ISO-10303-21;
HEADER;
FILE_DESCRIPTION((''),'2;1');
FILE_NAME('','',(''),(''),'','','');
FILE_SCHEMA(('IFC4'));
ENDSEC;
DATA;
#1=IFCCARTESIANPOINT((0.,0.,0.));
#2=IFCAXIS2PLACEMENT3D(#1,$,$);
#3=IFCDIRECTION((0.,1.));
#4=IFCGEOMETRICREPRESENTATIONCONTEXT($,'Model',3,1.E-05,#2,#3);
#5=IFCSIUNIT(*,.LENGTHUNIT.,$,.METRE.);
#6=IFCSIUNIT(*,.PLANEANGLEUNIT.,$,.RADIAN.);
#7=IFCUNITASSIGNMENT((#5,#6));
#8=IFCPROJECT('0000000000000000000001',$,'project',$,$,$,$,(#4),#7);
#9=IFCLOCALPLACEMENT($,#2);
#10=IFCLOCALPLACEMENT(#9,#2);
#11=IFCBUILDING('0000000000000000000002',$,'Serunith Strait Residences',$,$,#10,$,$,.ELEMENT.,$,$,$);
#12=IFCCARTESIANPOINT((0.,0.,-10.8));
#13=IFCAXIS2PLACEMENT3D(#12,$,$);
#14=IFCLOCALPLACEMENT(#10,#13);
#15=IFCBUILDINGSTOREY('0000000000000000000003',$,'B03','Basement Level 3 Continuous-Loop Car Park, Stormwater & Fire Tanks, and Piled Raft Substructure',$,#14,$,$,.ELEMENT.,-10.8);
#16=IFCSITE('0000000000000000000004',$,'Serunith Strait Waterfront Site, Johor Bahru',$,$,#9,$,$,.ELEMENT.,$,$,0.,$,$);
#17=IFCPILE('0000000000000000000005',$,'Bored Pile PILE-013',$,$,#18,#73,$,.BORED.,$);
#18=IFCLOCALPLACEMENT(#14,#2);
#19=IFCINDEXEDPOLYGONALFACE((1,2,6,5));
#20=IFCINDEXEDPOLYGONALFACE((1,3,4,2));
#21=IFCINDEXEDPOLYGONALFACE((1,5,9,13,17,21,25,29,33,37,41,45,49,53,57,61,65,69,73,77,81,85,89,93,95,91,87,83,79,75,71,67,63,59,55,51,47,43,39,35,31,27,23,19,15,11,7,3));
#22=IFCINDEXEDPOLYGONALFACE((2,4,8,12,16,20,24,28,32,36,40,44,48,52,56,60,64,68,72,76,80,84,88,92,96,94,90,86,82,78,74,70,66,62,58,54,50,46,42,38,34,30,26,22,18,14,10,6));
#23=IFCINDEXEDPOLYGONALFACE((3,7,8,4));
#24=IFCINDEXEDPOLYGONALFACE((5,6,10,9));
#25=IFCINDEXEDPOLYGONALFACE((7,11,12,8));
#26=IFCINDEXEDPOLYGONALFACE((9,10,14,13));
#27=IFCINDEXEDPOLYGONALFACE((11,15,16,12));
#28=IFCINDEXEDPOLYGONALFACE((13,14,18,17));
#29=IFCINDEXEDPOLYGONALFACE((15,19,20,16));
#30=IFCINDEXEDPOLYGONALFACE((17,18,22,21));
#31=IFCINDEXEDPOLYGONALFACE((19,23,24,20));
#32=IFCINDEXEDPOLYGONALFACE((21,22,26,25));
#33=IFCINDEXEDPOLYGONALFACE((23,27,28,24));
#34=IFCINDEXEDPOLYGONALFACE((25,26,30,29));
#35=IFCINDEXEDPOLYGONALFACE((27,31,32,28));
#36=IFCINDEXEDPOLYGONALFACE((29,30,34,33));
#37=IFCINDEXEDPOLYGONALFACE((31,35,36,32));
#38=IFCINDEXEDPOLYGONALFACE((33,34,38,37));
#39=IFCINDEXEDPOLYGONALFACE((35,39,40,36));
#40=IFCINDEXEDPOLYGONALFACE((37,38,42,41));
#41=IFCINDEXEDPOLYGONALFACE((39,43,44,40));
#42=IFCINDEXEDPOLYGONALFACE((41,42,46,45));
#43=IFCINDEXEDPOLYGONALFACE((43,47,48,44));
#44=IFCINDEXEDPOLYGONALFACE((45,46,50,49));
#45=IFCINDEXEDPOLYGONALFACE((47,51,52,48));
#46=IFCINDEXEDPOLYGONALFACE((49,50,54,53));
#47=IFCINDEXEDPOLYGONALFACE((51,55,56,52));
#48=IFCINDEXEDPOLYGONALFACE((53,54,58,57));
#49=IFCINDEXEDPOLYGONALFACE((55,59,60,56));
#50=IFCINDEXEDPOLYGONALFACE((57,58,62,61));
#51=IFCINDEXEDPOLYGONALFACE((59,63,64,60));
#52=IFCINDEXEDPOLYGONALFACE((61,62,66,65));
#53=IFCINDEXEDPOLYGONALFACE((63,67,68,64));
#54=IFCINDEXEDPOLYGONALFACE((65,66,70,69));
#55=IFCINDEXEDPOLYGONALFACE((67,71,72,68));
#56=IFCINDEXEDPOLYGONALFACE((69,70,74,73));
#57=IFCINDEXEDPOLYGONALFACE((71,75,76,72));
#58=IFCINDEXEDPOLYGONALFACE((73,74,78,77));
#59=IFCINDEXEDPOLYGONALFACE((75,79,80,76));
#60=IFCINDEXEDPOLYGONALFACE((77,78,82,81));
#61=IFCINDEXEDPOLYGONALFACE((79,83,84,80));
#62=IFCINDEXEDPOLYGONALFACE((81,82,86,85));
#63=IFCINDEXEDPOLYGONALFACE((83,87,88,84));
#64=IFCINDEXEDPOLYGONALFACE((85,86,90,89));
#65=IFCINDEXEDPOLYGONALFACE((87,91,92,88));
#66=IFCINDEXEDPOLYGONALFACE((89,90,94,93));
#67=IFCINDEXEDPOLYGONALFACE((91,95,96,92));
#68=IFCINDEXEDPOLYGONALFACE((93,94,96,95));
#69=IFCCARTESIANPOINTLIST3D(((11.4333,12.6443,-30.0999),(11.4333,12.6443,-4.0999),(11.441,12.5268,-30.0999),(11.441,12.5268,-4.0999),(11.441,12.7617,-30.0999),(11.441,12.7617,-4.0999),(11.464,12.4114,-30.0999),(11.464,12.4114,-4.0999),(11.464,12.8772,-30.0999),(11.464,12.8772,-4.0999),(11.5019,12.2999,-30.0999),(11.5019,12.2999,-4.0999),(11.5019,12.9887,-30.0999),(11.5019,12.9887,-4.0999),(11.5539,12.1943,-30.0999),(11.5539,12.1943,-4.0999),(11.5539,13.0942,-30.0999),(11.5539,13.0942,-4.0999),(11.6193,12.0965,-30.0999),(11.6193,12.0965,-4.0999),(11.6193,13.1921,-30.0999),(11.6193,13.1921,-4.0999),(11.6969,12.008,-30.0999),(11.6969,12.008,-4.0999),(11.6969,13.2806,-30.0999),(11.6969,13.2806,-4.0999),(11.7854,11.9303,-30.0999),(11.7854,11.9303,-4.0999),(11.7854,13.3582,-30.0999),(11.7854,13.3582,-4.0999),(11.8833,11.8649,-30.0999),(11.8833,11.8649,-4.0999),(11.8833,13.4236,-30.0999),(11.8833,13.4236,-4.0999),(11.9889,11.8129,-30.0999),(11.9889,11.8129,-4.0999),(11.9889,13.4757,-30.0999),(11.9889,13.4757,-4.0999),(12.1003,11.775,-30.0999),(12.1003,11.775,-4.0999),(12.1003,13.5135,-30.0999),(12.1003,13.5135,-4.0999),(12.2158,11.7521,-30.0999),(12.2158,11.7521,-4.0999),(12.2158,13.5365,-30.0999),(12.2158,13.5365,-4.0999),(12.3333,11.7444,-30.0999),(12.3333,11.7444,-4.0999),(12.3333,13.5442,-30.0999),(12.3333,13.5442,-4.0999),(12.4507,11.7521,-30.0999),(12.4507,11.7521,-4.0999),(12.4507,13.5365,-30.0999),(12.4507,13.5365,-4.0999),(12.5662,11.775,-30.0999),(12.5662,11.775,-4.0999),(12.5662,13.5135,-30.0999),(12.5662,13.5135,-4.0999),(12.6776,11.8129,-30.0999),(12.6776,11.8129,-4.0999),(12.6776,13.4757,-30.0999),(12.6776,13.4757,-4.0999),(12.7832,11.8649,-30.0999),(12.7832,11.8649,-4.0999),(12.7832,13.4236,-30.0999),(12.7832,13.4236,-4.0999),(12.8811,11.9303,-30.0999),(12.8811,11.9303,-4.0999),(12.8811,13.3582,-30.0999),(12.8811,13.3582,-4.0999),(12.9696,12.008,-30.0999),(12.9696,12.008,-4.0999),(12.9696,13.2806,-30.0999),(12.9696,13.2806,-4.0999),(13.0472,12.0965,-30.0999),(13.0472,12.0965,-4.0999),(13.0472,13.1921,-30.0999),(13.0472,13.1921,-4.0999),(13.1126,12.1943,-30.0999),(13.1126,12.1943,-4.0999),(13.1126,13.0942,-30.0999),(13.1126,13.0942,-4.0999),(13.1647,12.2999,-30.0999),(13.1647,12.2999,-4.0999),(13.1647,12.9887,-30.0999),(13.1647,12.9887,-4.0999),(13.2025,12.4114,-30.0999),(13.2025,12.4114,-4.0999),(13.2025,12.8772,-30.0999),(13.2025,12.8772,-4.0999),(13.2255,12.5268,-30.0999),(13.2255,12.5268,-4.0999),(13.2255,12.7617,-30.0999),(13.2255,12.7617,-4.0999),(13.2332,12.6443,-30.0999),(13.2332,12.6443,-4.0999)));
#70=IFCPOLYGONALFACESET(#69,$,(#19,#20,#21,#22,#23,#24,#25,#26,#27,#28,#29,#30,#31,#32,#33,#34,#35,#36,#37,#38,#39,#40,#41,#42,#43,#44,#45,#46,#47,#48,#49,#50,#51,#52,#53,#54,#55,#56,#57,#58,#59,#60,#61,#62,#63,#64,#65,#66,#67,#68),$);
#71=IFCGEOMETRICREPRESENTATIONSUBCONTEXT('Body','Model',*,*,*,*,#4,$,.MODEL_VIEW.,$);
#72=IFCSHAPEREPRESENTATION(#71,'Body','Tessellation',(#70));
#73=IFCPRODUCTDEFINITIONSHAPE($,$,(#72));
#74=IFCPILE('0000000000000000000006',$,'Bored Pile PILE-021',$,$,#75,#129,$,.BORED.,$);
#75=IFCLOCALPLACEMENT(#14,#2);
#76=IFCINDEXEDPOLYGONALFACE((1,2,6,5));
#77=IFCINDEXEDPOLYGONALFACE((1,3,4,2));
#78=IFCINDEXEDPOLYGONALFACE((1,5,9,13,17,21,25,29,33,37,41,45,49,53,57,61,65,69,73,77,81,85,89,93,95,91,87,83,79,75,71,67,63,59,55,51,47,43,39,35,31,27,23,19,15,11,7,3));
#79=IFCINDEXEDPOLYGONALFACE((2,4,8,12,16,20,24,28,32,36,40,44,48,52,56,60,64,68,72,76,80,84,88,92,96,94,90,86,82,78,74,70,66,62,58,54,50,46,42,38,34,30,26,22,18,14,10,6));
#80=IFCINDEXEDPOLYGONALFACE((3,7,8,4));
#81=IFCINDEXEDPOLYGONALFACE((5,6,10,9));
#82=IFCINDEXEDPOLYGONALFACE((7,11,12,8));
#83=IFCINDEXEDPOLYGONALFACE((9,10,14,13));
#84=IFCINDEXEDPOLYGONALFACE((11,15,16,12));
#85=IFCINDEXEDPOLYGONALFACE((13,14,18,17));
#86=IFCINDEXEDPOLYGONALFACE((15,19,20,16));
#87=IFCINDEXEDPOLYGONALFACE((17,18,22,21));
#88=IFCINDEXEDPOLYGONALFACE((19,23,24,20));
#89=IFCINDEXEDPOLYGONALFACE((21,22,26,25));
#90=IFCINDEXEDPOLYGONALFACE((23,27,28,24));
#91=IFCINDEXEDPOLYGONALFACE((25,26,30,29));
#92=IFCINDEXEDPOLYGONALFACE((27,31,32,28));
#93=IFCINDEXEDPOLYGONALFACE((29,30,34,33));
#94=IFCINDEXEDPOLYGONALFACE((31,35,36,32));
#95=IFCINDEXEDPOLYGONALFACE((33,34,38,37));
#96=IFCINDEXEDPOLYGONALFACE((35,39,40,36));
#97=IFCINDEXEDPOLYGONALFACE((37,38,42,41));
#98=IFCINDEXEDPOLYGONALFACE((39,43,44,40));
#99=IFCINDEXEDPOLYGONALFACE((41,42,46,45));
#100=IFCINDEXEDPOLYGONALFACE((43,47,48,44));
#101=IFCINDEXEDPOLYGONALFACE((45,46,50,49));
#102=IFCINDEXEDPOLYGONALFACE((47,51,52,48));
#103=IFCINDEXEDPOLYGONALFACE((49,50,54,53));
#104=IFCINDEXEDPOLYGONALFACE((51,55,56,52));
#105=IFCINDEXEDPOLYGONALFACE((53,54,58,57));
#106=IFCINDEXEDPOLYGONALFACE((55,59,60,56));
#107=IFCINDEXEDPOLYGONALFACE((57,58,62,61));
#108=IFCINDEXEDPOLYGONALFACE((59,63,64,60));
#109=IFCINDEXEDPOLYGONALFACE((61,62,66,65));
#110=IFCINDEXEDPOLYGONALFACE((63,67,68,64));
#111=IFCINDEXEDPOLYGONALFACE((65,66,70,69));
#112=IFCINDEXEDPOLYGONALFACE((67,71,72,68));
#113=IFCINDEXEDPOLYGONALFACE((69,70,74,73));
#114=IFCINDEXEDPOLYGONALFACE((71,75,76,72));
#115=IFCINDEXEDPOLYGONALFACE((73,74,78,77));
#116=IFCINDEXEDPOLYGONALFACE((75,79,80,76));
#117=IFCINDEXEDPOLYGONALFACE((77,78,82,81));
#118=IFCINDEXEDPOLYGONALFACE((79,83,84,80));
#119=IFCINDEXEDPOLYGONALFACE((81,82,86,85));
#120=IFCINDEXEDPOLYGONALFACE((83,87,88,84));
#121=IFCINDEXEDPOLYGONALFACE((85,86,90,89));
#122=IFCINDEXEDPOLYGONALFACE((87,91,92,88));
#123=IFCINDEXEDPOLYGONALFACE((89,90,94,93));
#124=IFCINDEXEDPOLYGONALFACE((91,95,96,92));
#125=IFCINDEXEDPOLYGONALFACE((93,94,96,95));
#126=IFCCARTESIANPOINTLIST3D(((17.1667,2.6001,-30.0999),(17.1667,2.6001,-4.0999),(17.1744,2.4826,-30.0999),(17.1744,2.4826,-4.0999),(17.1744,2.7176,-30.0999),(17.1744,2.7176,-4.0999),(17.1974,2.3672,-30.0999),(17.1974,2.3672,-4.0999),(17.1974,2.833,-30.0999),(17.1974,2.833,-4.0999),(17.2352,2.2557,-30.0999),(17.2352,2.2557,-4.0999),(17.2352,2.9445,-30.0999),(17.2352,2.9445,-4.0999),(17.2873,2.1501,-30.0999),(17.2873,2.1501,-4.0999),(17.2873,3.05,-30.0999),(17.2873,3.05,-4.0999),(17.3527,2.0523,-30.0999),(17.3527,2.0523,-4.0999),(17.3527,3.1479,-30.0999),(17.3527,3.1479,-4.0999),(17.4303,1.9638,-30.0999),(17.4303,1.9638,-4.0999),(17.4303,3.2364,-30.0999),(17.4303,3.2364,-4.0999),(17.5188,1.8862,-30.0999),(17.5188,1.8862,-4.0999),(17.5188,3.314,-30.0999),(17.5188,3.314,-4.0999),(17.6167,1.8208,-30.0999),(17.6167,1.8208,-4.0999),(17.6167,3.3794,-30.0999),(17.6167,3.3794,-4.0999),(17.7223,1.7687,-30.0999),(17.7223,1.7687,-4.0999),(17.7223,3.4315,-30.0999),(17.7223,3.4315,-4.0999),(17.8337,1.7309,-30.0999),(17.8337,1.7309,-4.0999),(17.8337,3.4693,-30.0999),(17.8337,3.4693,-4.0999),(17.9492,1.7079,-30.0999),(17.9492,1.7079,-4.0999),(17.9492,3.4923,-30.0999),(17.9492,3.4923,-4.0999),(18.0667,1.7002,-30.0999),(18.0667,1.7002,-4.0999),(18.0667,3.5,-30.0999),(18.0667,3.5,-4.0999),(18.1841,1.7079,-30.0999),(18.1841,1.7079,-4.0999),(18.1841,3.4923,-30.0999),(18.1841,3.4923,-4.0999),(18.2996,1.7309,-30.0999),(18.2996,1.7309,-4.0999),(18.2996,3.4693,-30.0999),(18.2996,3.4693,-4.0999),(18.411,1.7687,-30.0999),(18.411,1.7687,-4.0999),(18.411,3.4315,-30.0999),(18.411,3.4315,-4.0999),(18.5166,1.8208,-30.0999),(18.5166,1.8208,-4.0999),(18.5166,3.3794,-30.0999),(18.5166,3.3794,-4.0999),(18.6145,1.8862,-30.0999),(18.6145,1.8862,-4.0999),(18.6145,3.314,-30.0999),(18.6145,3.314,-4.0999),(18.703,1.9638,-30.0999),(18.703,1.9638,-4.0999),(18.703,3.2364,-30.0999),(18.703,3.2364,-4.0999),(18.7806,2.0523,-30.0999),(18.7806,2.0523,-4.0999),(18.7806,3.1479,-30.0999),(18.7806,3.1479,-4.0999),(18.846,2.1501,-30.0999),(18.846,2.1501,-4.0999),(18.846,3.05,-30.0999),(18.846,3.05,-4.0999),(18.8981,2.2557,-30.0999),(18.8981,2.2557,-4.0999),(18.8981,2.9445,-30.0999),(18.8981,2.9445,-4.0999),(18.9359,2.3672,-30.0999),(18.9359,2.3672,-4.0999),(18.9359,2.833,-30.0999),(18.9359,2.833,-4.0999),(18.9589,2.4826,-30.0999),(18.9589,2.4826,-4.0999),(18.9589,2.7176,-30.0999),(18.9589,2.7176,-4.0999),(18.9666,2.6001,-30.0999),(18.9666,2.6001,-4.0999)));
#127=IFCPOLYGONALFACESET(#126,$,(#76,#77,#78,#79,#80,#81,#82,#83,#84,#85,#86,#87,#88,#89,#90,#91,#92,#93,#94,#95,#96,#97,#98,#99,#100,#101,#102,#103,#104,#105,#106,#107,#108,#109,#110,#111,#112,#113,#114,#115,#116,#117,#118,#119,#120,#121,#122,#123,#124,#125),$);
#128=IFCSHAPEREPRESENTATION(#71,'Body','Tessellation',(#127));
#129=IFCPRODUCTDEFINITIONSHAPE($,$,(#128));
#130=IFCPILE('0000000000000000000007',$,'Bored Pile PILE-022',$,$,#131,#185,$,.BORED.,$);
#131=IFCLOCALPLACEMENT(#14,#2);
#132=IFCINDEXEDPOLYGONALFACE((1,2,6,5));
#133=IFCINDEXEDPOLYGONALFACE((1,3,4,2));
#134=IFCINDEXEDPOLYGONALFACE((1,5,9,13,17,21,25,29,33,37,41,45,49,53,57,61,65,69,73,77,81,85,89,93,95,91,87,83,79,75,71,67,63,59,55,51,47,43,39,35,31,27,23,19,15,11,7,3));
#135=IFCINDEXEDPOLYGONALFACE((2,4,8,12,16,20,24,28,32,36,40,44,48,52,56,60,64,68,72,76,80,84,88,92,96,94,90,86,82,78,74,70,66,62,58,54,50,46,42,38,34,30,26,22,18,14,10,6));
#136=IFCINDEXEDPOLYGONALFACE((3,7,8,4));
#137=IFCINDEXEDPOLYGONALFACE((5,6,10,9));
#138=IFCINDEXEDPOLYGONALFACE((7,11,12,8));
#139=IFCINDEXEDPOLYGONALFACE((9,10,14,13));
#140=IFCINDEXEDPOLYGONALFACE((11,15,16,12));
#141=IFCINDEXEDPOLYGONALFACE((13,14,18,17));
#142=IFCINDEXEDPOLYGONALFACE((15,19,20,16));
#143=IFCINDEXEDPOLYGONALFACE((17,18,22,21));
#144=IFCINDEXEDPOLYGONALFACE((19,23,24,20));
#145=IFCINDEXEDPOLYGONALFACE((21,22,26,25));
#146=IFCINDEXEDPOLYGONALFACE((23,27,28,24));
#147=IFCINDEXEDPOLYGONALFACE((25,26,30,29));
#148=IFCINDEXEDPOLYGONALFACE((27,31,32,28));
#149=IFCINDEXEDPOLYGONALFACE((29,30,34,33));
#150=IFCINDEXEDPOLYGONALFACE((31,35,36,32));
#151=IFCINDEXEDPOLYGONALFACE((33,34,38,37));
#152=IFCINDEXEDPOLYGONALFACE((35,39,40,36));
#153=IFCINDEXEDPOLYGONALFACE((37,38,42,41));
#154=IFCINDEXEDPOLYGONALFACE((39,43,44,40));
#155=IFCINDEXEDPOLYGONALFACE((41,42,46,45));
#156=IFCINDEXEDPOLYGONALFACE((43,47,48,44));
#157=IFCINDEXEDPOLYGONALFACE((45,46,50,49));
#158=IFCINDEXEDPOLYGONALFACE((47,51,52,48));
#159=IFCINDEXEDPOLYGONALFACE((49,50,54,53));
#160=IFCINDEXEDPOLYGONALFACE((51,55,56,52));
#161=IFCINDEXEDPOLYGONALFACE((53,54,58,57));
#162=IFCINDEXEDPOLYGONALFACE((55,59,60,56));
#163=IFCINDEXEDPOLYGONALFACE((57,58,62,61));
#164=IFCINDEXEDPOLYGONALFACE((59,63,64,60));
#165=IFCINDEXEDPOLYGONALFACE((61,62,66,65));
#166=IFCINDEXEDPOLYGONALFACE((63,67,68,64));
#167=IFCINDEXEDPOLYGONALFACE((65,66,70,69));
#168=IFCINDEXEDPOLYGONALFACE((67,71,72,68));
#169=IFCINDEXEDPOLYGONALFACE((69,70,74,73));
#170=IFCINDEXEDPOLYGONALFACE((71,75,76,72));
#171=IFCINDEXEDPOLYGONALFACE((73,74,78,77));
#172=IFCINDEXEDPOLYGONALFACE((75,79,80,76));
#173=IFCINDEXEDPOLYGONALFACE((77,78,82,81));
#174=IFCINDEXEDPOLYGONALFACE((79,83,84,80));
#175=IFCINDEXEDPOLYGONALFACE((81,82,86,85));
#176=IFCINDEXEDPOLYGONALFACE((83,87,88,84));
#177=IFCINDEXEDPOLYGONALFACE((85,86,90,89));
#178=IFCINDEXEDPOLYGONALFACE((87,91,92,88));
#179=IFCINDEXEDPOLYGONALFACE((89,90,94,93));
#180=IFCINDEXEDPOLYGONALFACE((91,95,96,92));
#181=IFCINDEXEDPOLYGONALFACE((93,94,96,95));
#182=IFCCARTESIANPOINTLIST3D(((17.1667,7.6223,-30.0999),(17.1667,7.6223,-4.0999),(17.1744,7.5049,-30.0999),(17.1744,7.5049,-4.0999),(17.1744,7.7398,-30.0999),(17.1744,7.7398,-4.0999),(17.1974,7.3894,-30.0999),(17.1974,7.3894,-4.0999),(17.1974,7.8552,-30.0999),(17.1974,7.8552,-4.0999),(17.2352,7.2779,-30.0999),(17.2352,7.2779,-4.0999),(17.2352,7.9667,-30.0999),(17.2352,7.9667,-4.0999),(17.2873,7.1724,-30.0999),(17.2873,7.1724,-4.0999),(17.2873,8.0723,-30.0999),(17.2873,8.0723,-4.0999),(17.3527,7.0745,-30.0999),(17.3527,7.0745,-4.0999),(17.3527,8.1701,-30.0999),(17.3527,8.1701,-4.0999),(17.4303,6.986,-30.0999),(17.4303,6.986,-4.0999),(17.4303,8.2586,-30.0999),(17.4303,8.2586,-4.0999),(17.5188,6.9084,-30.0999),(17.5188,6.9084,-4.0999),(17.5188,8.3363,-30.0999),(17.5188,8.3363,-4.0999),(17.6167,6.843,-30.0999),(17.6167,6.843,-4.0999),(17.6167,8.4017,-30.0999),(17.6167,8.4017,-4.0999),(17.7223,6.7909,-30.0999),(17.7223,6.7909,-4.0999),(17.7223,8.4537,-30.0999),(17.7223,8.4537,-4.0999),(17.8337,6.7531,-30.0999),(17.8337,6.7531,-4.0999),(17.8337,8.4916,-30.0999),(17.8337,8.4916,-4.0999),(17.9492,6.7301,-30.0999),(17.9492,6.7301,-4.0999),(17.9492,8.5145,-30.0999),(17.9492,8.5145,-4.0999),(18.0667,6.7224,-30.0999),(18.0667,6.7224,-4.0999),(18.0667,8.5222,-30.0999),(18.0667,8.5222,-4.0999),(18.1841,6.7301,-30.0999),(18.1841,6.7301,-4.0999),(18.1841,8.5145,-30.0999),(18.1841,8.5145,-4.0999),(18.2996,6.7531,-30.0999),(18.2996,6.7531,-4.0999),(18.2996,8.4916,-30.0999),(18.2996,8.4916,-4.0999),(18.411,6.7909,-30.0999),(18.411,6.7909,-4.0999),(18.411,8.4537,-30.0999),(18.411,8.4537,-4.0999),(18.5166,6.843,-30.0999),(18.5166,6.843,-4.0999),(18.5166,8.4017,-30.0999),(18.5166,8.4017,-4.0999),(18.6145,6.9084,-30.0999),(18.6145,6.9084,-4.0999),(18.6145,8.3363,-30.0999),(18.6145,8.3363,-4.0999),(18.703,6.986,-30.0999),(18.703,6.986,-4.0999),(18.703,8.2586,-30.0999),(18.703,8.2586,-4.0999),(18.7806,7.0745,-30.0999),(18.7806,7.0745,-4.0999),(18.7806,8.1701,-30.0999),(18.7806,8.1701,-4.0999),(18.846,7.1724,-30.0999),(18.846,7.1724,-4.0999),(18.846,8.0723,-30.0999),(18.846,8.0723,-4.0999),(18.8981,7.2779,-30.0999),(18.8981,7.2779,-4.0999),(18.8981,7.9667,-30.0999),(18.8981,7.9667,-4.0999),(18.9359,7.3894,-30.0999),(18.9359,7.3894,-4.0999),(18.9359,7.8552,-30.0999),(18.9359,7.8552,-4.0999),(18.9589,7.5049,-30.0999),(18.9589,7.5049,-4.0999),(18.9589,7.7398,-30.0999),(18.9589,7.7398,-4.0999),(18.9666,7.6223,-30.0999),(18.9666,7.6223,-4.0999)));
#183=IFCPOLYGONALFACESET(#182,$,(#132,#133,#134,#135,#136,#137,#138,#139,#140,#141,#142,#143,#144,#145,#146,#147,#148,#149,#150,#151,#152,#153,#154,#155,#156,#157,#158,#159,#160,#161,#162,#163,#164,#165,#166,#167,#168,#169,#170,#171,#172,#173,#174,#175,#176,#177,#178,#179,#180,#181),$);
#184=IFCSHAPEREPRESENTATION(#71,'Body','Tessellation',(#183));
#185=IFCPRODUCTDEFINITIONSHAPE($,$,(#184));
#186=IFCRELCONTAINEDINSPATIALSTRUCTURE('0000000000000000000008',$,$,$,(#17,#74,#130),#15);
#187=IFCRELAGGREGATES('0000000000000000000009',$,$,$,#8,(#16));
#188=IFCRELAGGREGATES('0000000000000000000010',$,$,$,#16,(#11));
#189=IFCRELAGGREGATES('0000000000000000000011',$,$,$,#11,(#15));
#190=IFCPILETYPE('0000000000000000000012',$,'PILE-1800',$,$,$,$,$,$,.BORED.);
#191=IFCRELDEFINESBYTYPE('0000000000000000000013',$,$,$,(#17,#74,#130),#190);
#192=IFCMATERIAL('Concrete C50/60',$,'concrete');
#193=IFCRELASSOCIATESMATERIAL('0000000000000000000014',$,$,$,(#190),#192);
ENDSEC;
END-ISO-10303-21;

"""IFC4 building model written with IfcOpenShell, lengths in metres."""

from ifc_helpers import new_model, si_unit, direction, frame, origin, origin_2d, place, context, subcontext, project, spatial, circle, extrude, source, transform, mapped, material, material_profile, profile_set, type_object, element, save


model = new_model("IFC4")

# Units and contexts
model_context = context("Model", 3, precision=1e-05, world=origin(), true_north=direction((0.0, 1.0)))
body_context = subcontext(model_context, "Body", "Model", "MODEL_VIEW")
ifc_project = project(units=[si_unit("LENGTHUNIT", "METRE"), si_unit("PLANEANGLEUNIT", "RADIAN")], contexts=[model_context])

# Site, building, storey
site_placement = place(None, origin())
site = spatial("IfcSite", under=ifc_project, at=site_placement, Name="Serunith Strait Waterfront Site, Johor Bahru", CompositionType="ELEMENT", RefElevation=0.0)
building_placement = place(site_placement, origin())
building = spatial("IfcBuilding", under=site, at=building_placement, Name="Serunith Strait Residences", CompositionType="ELEMENT")
storey_placement = place(building_placement, frame((0.0, 0.0, -10.8)))
storey = spatial("IfcBuildingStorey", under=building, at=storey_placement, Name="B03", Description="Basement Level 3 Continuous-Loop Car Park, Stormwater & Fire Tanks, and Piled Raft Substructure", CompositionType="ELEMENT", Elevation=-10.8)

# Piles
ifc_material_1 = material(Name="Concrete C50/60", Category="concrete")
ifc_material_profile_1 = material_profile(ifc_material_1, circle(Radius=0.8999, at=origin_2d()), Name="PILE D1800")
ifc_profile_set_1 = profile_set([ifc_material_profile_1], Name="Concrete C50/60")
pile_type = type_object("IfcPileType", Name="PILE-1800", PredefinedType="BORED", material=ifc_profile_set_1)
shared_shape_1 = source(origin(), body_context, "Body", "SweptSolid", [
    extrude(circle(Radius=0.8999, at=origin_2d()), origin(), (0.0, 0.0, 1.0), 26.0),
])
for number, where, z_axis, x_axis, name in (
    (1, (12.3333, 12.6443, -4.0999), (0.0, 0.0, -1.0), (1.0, 0.0, 0.0), "Bored Pile PILE-013"),
    (2, (18.0667, 2.6001, -4.0999), (0.0, 0.0, -1.0), (1.0, 0.0, 0.0), "Bored Pile PILE-021"),
    (3, (18.0667, 7.6223, -4.0999), (0.0, 0.0, -1.0), (1.0, 0.0, 0.0), "Bored Pile PILE-022"),
):
    element("IfcPile", number, at=place(storey_placement, frame(where, z_axis=z_axis, x_axis=x_axis)), inside=storey, type_object=pile_type, Name=name, PredefinedType="BORED", context=body_context, shape_type="MappedRepresentation", body=[
        mapped(shared_shape_1, transform((0.0, 0.0, 0.0), scale=1.0)),
    ])

save(model, "model.ifc")
